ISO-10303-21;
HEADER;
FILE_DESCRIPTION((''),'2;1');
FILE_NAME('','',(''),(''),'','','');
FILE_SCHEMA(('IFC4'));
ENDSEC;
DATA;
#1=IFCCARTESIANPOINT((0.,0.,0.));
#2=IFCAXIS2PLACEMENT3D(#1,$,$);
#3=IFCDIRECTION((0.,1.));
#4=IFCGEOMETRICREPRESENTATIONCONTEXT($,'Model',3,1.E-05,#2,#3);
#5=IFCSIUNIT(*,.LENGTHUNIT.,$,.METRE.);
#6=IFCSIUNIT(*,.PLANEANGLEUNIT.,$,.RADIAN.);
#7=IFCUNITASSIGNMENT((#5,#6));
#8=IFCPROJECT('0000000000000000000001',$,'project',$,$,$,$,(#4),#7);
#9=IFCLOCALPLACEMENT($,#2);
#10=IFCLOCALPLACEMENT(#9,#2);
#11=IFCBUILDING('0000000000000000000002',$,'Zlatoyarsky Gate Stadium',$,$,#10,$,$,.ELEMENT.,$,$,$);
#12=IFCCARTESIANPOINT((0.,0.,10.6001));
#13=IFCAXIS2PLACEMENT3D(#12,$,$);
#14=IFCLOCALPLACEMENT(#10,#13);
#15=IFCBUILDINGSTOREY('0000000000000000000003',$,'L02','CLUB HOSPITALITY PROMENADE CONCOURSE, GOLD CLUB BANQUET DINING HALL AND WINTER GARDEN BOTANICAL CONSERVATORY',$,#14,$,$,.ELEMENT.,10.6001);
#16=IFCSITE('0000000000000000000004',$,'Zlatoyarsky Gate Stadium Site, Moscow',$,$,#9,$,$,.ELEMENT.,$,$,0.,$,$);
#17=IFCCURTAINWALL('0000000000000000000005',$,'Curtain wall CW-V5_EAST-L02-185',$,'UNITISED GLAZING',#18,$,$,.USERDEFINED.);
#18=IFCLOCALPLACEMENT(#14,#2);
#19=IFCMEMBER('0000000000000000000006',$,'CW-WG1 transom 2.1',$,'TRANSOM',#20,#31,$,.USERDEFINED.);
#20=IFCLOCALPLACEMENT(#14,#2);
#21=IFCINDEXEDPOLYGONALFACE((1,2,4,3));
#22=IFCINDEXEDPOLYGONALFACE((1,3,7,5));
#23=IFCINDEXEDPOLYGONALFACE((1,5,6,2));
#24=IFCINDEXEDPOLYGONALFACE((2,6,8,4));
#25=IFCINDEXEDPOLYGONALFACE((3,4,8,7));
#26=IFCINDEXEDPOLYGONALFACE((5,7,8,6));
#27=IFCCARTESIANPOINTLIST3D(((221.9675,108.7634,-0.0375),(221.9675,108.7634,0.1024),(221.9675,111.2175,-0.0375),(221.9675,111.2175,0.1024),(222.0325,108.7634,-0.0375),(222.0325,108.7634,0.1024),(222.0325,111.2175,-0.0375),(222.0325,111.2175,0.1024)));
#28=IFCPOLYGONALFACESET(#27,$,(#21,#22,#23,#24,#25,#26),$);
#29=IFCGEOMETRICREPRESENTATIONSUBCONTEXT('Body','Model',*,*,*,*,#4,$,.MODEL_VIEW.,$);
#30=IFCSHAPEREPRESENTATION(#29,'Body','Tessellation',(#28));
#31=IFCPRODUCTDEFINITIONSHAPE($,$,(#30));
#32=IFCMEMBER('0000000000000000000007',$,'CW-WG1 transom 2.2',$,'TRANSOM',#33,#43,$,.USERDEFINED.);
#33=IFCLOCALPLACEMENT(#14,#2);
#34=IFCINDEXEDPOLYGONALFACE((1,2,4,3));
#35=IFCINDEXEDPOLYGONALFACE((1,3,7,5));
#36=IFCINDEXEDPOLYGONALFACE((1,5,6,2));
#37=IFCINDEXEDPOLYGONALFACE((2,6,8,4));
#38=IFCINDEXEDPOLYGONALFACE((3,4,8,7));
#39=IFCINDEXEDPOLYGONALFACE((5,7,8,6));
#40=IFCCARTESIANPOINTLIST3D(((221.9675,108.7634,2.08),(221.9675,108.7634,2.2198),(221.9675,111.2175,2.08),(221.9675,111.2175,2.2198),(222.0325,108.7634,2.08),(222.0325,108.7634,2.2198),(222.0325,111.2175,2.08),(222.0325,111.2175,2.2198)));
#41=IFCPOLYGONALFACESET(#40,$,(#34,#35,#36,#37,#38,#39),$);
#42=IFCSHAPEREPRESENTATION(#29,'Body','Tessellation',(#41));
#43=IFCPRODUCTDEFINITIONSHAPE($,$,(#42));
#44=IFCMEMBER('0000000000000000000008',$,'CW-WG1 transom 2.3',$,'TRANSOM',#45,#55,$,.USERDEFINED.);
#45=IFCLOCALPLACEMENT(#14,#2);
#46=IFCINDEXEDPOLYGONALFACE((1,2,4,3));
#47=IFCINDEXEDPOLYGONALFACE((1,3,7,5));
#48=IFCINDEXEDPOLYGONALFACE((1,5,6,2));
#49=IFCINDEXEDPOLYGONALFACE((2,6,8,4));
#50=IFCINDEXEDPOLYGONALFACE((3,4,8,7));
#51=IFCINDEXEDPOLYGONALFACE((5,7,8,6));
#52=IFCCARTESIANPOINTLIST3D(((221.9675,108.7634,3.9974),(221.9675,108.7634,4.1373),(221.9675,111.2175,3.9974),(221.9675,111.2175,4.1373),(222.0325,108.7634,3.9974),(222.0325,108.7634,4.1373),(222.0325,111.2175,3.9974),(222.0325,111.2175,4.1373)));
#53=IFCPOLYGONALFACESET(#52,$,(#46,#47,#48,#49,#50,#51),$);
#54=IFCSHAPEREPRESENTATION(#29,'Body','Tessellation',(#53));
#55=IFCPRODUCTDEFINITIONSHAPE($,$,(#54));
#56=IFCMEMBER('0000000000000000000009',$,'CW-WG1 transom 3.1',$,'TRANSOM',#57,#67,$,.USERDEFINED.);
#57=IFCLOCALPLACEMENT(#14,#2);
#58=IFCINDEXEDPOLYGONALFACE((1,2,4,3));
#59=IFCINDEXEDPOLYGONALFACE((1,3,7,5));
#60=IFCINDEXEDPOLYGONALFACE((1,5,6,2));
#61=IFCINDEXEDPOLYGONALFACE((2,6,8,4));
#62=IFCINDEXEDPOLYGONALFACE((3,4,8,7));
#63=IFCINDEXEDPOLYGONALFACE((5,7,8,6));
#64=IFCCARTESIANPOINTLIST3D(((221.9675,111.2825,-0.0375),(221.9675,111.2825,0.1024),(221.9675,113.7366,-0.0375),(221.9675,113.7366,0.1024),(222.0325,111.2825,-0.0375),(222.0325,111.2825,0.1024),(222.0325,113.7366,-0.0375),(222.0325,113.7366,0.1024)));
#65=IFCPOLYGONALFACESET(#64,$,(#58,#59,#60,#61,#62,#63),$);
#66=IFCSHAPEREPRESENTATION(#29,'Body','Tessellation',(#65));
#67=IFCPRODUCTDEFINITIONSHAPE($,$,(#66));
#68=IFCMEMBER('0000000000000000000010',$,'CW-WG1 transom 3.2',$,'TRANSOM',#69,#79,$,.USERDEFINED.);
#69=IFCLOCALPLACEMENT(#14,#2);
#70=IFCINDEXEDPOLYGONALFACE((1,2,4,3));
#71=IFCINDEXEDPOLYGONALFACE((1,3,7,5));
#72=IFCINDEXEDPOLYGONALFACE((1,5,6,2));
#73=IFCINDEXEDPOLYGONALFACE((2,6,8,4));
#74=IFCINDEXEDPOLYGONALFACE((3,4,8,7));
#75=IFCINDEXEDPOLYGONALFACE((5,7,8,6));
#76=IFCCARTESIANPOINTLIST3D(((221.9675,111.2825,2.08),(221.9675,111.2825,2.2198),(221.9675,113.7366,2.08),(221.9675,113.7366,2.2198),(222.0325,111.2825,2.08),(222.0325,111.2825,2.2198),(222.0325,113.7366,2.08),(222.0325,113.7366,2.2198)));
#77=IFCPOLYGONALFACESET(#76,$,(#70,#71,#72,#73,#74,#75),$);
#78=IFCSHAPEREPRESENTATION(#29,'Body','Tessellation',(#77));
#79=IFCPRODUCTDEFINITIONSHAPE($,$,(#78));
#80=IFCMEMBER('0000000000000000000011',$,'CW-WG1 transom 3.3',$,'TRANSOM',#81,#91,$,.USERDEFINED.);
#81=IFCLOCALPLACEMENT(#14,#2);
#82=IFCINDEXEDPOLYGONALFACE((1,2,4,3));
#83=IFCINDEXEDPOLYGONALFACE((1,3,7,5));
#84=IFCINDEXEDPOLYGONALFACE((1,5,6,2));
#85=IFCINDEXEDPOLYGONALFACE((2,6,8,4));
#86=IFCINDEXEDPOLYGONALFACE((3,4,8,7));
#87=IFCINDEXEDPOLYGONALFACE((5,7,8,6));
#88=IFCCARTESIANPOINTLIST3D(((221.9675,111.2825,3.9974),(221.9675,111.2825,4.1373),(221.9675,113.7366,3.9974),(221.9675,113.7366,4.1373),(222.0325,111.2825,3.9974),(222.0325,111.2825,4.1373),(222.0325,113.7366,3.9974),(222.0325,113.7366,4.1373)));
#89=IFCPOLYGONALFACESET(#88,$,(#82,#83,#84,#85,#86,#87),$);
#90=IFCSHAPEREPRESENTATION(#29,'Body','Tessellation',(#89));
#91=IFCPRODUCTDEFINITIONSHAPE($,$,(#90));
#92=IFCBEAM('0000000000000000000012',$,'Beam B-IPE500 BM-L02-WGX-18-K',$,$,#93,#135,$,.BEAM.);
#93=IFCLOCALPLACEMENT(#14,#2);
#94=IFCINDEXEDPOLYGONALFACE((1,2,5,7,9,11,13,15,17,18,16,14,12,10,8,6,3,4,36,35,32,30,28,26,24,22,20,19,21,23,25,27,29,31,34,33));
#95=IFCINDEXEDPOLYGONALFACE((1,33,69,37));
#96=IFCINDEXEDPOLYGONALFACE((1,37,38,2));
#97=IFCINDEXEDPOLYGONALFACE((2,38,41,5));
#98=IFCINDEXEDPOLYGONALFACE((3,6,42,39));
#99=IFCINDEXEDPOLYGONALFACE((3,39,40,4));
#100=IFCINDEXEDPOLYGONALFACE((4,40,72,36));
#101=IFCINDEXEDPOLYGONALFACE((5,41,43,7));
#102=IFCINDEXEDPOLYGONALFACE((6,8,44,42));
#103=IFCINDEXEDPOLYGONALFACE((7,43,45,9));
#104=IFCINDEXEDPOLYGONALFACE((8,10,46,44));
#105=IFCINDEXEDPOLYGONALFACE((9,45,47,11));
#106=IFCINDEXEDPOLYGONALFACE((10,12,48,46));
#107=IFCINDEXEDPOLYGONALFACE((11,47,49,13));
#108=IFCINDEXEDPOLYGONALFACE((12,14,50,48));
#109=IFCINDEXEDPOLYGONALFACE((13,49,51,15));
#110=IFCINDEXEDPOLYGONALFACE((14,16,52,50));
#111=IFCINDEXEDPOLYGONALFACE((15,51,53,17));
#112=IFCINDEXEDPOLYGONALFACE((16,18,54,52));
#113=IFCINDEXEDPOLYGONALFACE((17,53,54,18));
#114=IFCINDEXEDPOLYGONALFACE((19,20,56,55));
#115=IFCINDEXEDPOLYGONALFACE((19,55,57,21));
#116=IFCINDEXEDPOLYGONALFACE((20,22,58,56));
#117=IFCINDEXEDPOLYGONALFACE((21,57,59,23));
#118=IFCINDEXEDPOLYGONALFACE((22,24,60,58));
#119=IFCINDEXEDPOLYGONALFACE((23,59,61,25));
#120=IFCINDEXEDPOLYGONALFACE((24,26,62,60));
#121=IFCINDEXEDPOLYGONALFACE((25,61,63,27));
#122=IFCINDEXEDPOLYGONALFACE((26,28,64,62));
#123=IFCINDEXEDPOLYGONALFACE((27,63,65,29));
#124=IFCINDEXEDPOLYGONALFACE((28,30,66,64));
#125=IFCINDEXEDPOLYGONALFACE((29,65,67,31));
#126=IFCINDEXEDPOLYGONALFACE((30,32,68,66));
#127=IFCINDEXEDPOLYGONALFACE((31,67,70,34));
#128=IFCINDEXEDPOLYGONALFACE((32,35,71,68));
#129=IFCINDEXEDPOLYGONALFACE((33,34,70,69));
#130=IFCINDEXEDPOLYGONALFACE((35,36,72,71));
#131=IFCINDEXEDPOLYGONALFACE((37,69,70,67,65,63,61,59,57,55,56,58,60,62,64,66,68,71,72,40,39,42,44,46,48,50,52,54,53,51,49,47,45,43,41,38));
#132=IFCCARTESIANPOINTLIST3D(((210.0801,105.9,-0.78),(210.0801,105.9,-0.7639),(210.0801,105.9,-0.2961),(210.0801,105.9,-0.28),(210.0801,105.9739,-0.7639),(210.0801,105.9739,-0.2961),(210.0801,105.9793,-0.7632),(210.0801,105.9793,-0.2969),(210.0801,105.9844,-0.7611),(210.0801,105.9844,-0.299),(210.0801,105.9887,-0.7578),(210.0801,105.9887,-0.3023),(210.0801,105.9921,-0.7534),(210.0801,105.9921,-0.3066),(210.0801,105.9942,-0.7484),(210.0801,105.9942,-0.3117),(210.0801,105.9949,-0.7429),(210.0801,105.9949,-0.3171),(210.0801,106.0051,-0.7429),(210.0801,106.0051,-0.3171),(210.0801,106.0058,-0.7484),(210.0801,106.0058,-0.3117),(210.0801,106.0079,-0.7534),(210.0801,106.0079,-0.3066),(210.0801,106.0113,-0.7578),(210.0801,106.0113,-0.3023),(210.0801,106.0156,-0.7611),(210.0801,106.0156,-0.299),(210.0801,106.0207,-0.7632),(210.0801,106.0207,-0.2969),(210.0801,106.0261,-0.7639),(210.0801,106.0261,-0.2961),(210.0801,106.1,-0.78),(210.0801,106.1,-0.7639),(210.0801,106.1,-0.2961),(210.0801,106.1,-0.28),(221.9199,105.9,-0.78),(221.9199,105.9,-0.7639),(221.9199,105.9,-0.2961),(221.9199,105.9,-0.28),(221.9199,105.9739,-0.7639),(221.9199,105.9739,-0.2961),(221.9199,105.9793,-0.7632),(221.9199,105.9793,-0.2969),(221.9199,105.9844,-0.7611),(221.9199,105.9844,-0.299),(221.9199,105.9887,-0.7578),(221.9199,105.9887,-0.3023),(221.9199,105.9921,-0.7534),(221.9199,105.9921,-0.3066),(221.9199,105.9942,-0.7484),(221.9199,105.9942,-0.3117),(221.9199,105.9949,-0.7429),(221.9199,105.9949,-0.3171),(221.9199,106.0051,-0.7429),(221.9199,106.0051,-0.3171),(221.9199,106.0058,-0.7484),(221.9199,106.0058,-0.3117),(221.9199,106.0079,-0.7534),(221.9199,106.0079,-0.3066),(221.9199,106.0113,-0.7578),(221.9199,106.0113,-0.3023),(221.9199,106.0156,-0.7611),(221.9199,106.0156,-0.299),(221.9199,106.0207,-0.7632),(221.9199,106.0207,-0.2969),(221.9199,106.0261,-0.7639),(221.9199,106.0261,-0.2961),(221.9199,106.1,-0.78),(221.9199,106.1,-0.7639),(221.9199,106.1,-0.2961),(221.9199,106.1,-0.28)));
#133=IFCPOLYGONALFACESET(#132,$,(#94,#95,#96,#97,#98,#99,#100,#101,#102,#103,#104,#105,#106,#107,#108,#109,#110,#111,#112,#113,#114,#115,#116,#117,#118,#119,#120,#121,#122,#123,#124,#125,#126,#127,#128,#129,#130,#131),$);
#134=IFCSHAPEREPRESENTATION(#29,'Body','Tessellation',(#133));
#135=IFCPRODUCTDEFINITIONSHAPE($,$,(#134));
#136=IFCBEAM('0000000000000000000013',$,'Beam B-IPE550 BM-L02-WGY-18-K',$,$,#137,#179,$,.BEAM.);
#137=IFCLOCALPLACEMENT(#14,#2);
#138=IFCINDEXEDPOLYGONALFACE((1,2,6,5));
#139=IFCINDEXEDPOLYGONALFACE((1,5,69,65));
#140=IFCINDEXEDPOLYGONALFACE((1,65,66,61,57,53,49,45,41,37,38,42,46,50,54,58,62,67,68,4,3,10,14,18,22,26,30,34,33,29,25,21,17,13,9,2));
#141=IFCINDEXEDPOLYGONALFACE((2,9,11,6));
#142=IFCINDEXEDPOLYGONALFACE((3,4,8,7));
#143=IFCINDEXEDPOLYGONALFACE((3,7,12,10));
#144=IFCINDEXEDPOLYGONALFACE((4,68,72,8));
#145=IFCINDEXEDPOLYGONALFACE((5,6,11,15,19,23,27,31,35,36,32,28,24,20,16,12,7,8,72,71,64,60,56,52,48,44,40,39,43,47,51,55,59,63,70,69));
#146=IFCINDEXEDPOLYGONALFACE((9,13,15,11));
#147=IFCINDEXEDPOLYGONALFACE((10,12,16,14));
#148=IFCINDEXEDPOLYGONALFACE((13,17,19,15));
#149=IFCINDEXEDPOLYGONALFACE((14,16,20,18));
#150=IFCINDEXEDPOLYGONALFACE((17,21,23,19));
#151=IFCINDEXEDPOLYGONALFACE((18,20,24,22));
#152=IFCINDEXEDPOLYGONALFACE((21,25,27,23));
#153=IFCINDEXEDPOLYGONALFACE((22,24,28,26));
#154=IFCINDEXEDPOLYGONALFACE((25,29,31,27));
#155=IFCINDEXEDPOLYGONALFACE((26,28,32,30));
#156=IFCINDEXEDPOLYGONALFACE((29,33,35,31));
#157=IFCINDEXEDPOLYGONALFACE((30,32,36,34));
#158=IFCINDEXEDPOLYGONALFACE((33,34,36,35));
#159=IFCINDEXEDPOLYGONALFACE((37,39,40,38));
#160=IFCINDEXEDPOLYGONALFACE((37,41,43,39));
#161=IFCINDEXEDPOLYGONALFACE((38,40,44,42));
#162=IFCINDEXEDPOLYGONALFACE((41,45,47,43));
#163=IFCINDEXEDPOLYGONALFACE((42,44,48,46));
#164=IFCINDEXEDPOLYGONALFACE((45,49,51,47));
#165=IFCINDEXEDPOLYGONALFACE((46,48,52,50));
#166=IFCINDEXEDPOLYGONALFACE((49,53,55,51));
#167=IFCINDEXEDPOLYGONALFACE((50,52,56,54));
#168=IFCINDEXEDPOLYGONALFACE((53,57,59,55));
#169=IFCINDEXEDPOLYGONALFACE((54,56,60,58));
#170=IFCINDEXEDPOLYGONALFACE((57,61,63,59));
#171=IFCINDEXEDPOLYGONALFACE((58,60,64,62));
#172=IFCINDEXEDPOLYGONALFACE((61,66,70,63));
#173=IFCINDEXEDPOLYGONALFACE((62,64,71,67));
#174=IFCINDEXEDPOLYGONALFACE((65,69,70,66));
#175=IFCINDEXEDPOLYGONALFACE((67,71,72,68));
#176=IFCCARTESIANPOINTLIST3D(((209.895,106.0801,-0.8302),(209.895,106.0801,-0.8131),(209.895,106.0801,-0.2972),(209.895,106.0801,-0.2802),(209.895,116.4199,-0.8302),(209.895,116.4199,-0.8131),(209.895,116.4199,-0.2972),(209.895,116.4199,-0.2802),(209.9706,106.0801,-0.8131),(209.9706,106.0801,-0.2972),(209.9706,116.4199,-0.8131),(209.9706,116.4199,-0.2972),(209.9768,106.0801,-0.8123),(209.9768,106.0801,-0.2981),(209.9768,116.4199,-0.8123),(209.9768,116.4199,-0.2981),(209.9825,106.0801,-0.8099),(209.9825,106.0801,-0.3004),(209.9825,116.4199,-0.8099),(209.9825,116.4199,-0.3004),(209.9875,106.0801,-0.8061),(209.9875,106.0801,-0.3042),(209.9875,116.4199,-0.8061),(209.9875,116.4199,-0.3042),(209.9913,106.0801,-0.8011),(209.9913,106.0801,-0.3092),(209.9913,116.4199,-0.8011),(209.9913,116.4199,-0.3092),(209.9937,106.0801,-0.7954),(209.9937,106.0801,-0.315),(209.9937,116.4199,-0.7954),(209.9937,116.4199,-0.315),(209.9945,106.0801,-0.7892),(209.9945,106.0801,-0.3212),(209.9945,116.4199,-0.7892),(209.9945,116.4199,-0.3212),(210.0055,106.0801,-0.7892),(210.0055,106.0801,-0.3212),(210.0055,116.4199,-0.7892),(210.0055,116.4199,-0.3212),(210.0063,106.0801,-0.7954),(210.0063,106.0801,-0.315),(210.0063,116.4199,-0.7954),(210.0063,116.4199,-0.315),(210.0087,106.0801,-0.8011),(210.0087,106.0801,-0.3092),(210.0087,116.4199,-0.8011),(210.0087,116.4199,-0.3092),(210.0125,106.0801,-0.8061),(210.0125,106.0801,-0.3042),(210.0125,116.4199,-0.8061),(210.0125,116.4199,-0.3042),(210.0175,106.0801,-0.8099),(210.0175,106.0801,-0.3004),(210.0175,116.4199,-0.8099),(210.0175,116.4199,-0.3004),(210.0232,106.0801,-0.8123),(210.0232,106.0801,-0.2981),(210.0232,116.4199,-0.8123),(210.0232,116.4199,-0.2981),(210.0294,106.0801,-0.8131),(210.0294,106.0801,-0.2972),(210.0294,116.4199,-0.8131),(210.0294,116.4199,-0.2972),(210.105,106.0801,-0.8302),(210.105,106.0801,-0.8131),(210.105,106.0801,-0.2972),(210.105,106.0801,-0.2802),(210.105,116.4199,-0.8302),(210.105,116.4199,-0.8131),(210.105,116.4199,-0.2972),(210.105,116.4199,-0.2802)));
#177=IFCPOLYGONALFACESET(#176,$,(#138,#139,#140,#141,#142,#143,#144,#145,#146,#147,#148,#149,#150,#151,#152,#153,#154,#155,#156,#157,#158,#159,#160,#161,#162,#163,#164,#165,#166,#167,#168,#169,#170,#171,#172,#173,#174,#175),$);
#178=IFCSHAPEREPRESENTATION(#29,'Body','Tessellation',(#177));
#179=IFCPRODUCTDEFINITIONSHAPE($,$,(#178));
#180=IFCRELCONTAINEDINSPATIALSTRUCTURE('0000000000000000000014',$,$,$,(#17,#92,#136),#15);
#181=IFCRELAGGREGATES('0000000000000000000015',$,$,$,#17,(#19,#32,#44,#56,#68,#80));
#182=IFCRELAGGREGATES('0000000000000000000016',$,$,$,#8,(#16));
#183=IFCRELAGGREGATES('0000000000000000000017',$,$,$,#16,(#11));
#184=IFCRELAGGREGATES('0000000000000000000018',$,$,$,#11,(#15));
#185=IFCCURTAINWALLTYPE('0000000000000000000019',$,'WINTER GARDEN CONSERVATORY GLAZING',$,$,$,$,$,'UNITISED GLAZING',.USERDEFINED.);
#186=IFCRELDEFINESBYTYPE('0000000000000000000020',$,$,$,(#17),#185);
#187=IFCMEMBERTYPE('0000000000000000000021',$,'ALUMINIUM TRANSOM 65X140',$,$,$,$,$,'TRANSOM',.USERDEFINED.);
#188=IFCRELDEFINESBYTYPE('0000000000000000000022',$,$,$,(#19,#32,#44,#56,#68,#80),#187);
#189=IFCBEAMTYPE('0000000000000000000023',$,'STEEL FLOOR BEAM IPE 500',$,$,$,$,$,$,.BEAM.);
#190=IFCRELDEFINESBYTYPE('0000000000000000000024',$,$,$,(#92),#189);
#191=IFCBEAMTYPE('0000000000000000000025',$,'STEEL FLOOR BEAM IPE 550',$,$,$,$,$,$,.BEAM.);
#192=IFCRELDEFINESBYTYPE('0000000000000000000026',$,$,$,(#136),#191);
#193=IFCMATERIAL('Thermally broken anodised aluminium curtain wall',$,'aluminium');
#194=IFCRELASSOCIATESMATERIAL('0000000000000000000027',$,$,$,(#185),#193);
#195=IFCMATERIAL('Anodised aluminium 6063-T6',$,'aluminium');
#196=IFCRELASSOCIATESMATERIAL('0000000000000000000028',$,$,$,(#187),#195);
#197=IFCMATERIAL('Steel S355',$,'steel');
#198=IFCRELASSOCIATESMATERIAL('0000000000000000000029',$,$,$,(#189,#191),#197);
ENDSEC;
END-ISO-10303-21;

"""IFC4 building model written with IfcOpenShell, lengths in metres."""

from ifc_helpers import new_model, si_unit, direction, frame, origin, origin_2d, place, context, subcontext, project, spatial, rectangle, i_section, extrude, material, material_profile, profile_set, type_object, element, aggregate, save


model = new_model("IFC4")

# Units and contexts
model_context = context("Model", 3, precision=1e-05, world=origin(), true_north=direction((0.0, 1.0)))
body_context = subcontext(model_context, "Body", "Model", "MODEL_VIEW")
ifc_project = project(units=[si_unit("LENGTHUNIT", "METRE"), si_unit("PLANEANGLEUNIT", "RADIAN")], contexts=[model_context])

# Site, building, storey
site_placement = place(None, origin())
site = spatial("IfcSite", under=ifc_project, at=site_placement, Name="Zlatoyarsky Gate Stadium Site, Moscow", CompositionType="ELEMENT", RefElevation=0.0)
building_placement = place(site_placement, origin())
building = spatial("IfcBuilding", under=site, at=building_placement, Name="Zlatoyarsky Gate Stadium", CompositionType="ELEMENT")
storey_placement = place(building_placement, frame((0.0, 0.0, 10.6001)))
storey = spatial("IfcBuildingStorey", under=building, at=storey_placement, Name="L02", Description="CLUB HOSPITALITY PROMENADE CONCOURSE, GOLD CLUB BANQUET DINING HALL AND WINTER GARDEN BOTANICAL CONSERVATORY", CompositionType="ELEMENT", Elevation=10.6001)

# Shared definitions
ifc_material_1 = material(Name="Steel S355", Category="steel")

# Curtain wall, members
ifc_material_2 = material(Name="Thermally broken anodised aluminium curtain wall", Category="aluminium")
curtain_wall_type = type_object("IfcCurtainWallType", Name="WINTER GARDEN CONSERVATORY GLAZING", ElementType="UNITISED GLAZING", PredefinedType="USERDEFINED", material=ifc_material_2)
curtain_wall_placement = place(storey_placement, origin())
curtain_wall = element("IfcCurtainWall", 1, at=curtain_wall_placement, inside=storey, type_object=curtain_wall_type, Name="Curtain wall CW-V5_EAST-L02-185", ObjectType="UNITISED GLAZING", PredefinedType="USERDEFINED")
ifc_material_3 = material(Name="Anodised aluminium 6063-T6", Category="aluminium")
ifc_material_profile_1 = material_profile(ifc_material_3, rectangle(XDim=0.0649, YDim=0.1399, at=origin_2d()), Name="ALU 65X140")
ifc_profile_set_1 = profile_set([ifc_material_profile_1], Name="Anodised aluminium 6063-T6")
member_type_1 = type_object("IfcMemberType", Name="ALUMINIUM TRANSOM 65X140", ElementType="TRANSOM", PredefinedType="USERDEFINED", material=ifc_profile_set_1)
member_1_placement = place(storey_placement, frame((222.0, 108.7634, 0.0325), z_axis=(0.0, 1.0, 0.0), x_axis=(-1.0, 0.0, 0.0)))
member_1 = element("IfcMember", 2, at=member_1_placement, type_object=member_type_1, Name="CW-WG1 transom 2.1", ObjectType="TRANSOM", PredefinedType="USERDEFINED", context=body_context, shape_type="SweptSolid", body=[
    extrude(rectangle(XDim=0.0649, YDim=0.1399, at=origin_2d()), origin(), (0.0, 0.0, 1.0), 2.4541),
])
member_2_placement = place(storey_placement, frame((222.0, 108.7634, 2.1499), z_axis=(0.0, 1.0, 0.0), x_axis=(-1.0, 0.0, 0.0)))
member_2 = element("IfcMember", 3, at=member_2_placement, type_object=member_type_1, Name="CW-WG1 transom 2.2", ObjectType="TRANSOM", PredefinedType="USERDEFINED", context=body_context, shape_type="SweptSolid", body=[
    extrude(rectangle(XDim=0.0649, YDim=0.1399, at=origin_2d()), origin(), (0.0, 0.0, 1.0), 2.4541),
])
member_3_placement = place(storey_placement, frame((222.0, 108.7634, 4.0674), z_axis=(0.0, 1.0, 0.0), x_axis=(-1.0, 0.0, 0.0)))
member_3 = element("IfcMember", 4, at=member_3_placement, type_object=member_type_1, Name="CW-WG1 transom 2.3", ObjectType="TRANSOM", PredefinedType="USERDEFINED", context=body_context, shape_type="SweptSolid", body=[
    extrude(rectangle(XDim=0.0649, YDim=0.1399, at=origin_2d()), origin(), (0.0, 0.0, 1.0), 2.4541),
])
member_4_placement = place(storey_placement, frame((222.0, 111.2825, 0.0325), z_axis=(0.0, 1.0, 0.0), x_axis=(-1.0, 0.0, 0.0)))
member_4 = element("IfcMember", 5, at=member_4_placement, type_object=member_type_1, Name="CW-WG1 transom 3.1", ObjectType="TRANSOM", PredefinedType="USERDEFINED", context=body_context, shape_type="SweptSolid", body=[
    extrude(rectangle(XDim=0.0649, YDim=0.1399, at=origin_2d()), origin(), (0.0, 0.0, 1.0), 2.4541),
])
member_5_placement = place(storey_placement, frame((222.0, 111.2825, 2.1499), z_axis=(0.0, 1.0, 0.0), x_axis=(-1.0, 0.0, 0.0)))
member_5 = element("IfcMember", 6, at=member_5_placement, type_object=member_type_1, Name="CW-WG1 transom 3.2", ObjectType="TRANSOM", PredefinedType="USERDEFINED", context=body_context, shape_type="SweptSolid", body=[
    extrude(rectangle(XDim=0.0649, YDim=0.1399, at=origin_2d()), origin(), (0.0, 0.0, 1.0), 2.4541),
])
member_6_placement = place(storey_placement, frame((222.0, 111.2825, 4.0674), z_axis=(0.0, 1.0, 0.0), x_axis=(-1.0, 0.0, 0.0)))
member_6 = element("IfcMember", 7, at=member_6_placement, type_object=member_type_1, Name="CW-WG1 transom 3.3", ObjectType="TRANSOM", PredefinedType="USERDEFINED", context=body_context, shape_type="SweptSolid", body=[
    extrude(rectangle(XDim=0.0649, YDim=0.1399, at=origin_2d()), origin(), (0.0, 0.0, 1.0), 2.4541),
])

# Beams
ifc_material_profile_2 = material_profile(ifc_material_1, i_section(OverallWidth=0.2, OverallDepth=0.5, WebThickness=0.0103, FlangeThickness=0.0161, FilletRadius=0.021, at=origin_2d()), Name="IPE 500")
ifc_profile_set_2 = profile_set([ifc_material_profile_2], Name="Steel S355")
beam_type_1 = type_object("IfcBeamType", Name="STEEL FLOOR BEAM IPE 500", PredefinedType="BEAM", material=ifc_profile_set_2)
beam_1_placement = place(storey_placement, frame((210.0801, 106.0, -0.53), z_axis=(1.0, 0.0, 0.0), x_axis=(0.0, 1.0, 0.0)))
element("IfcBeam", 8, at=beam_1_placement, inside=storey, type_object=beam_type_1, Name="Beam B-IPE500 BM-L02-WGX-18-K", PredefinedType="BEAM", context=body_context, shape_type="SweptSolid", body=[
    extrude(i_section(OverallWidth=0.2, OverallDepth=0.5, WebThickness=0.0103, FlangeThickness=0.0161, FilletRadius=0.021, at=origin_2d()), origin(), (0.0, 0.0, 1.0), 11.8398),
])
ifc_material_profile_3 = material_profile(ifc_material_1, i_section(OverallWidth=0.21, OverallDepth=0.55, WebThickness=0.011, FlangeThickness=0.0171, FilletRadius=0.0239, at=origin_2d()), Name="IPE 550")
ifc_profile_set_3 = profile_set([ifc_material_profile_3], Name="Steel S355")
beam_type_2 = type_object("IfcBeamType", Name="STEEL FLOOR BEAM IPE 550", PredefinedType="BEAM", material=ifc_profile_set_3)
for number, where, z_axis, x_axis, name in (
    (9, (210.0, 106.0801, -0.5552), (0.0, 1.0, 0.0), (-1.0, 0.0, 0.0), "Beam B-IPE550 BM-L02-WGY-18-K"),
):
    element("IfcBeam", number, at=place(storey_placement, frame(where, z_axis=z_axis, x_axis=x_axis)), inside=storey, type_object=beam_type_2, Name=name, PredefinedType="BEAM", context=body_context, shape_type="SweptSolid", body=[
        extrude(i_section(OverallWidth=0.21, OverallDepth=0.55, WebThickness=0.011, FlangeThickness=0.0171, FilletRadius=0.0239, at=origin_2d()), origin(), (0.0, 0.0, 1.0), 10.3398),
    ])

aggregate(curtain_wall, [member_1, member_2, member_3, member_4, member_5, member_6])

save(model, "model.ifc")
